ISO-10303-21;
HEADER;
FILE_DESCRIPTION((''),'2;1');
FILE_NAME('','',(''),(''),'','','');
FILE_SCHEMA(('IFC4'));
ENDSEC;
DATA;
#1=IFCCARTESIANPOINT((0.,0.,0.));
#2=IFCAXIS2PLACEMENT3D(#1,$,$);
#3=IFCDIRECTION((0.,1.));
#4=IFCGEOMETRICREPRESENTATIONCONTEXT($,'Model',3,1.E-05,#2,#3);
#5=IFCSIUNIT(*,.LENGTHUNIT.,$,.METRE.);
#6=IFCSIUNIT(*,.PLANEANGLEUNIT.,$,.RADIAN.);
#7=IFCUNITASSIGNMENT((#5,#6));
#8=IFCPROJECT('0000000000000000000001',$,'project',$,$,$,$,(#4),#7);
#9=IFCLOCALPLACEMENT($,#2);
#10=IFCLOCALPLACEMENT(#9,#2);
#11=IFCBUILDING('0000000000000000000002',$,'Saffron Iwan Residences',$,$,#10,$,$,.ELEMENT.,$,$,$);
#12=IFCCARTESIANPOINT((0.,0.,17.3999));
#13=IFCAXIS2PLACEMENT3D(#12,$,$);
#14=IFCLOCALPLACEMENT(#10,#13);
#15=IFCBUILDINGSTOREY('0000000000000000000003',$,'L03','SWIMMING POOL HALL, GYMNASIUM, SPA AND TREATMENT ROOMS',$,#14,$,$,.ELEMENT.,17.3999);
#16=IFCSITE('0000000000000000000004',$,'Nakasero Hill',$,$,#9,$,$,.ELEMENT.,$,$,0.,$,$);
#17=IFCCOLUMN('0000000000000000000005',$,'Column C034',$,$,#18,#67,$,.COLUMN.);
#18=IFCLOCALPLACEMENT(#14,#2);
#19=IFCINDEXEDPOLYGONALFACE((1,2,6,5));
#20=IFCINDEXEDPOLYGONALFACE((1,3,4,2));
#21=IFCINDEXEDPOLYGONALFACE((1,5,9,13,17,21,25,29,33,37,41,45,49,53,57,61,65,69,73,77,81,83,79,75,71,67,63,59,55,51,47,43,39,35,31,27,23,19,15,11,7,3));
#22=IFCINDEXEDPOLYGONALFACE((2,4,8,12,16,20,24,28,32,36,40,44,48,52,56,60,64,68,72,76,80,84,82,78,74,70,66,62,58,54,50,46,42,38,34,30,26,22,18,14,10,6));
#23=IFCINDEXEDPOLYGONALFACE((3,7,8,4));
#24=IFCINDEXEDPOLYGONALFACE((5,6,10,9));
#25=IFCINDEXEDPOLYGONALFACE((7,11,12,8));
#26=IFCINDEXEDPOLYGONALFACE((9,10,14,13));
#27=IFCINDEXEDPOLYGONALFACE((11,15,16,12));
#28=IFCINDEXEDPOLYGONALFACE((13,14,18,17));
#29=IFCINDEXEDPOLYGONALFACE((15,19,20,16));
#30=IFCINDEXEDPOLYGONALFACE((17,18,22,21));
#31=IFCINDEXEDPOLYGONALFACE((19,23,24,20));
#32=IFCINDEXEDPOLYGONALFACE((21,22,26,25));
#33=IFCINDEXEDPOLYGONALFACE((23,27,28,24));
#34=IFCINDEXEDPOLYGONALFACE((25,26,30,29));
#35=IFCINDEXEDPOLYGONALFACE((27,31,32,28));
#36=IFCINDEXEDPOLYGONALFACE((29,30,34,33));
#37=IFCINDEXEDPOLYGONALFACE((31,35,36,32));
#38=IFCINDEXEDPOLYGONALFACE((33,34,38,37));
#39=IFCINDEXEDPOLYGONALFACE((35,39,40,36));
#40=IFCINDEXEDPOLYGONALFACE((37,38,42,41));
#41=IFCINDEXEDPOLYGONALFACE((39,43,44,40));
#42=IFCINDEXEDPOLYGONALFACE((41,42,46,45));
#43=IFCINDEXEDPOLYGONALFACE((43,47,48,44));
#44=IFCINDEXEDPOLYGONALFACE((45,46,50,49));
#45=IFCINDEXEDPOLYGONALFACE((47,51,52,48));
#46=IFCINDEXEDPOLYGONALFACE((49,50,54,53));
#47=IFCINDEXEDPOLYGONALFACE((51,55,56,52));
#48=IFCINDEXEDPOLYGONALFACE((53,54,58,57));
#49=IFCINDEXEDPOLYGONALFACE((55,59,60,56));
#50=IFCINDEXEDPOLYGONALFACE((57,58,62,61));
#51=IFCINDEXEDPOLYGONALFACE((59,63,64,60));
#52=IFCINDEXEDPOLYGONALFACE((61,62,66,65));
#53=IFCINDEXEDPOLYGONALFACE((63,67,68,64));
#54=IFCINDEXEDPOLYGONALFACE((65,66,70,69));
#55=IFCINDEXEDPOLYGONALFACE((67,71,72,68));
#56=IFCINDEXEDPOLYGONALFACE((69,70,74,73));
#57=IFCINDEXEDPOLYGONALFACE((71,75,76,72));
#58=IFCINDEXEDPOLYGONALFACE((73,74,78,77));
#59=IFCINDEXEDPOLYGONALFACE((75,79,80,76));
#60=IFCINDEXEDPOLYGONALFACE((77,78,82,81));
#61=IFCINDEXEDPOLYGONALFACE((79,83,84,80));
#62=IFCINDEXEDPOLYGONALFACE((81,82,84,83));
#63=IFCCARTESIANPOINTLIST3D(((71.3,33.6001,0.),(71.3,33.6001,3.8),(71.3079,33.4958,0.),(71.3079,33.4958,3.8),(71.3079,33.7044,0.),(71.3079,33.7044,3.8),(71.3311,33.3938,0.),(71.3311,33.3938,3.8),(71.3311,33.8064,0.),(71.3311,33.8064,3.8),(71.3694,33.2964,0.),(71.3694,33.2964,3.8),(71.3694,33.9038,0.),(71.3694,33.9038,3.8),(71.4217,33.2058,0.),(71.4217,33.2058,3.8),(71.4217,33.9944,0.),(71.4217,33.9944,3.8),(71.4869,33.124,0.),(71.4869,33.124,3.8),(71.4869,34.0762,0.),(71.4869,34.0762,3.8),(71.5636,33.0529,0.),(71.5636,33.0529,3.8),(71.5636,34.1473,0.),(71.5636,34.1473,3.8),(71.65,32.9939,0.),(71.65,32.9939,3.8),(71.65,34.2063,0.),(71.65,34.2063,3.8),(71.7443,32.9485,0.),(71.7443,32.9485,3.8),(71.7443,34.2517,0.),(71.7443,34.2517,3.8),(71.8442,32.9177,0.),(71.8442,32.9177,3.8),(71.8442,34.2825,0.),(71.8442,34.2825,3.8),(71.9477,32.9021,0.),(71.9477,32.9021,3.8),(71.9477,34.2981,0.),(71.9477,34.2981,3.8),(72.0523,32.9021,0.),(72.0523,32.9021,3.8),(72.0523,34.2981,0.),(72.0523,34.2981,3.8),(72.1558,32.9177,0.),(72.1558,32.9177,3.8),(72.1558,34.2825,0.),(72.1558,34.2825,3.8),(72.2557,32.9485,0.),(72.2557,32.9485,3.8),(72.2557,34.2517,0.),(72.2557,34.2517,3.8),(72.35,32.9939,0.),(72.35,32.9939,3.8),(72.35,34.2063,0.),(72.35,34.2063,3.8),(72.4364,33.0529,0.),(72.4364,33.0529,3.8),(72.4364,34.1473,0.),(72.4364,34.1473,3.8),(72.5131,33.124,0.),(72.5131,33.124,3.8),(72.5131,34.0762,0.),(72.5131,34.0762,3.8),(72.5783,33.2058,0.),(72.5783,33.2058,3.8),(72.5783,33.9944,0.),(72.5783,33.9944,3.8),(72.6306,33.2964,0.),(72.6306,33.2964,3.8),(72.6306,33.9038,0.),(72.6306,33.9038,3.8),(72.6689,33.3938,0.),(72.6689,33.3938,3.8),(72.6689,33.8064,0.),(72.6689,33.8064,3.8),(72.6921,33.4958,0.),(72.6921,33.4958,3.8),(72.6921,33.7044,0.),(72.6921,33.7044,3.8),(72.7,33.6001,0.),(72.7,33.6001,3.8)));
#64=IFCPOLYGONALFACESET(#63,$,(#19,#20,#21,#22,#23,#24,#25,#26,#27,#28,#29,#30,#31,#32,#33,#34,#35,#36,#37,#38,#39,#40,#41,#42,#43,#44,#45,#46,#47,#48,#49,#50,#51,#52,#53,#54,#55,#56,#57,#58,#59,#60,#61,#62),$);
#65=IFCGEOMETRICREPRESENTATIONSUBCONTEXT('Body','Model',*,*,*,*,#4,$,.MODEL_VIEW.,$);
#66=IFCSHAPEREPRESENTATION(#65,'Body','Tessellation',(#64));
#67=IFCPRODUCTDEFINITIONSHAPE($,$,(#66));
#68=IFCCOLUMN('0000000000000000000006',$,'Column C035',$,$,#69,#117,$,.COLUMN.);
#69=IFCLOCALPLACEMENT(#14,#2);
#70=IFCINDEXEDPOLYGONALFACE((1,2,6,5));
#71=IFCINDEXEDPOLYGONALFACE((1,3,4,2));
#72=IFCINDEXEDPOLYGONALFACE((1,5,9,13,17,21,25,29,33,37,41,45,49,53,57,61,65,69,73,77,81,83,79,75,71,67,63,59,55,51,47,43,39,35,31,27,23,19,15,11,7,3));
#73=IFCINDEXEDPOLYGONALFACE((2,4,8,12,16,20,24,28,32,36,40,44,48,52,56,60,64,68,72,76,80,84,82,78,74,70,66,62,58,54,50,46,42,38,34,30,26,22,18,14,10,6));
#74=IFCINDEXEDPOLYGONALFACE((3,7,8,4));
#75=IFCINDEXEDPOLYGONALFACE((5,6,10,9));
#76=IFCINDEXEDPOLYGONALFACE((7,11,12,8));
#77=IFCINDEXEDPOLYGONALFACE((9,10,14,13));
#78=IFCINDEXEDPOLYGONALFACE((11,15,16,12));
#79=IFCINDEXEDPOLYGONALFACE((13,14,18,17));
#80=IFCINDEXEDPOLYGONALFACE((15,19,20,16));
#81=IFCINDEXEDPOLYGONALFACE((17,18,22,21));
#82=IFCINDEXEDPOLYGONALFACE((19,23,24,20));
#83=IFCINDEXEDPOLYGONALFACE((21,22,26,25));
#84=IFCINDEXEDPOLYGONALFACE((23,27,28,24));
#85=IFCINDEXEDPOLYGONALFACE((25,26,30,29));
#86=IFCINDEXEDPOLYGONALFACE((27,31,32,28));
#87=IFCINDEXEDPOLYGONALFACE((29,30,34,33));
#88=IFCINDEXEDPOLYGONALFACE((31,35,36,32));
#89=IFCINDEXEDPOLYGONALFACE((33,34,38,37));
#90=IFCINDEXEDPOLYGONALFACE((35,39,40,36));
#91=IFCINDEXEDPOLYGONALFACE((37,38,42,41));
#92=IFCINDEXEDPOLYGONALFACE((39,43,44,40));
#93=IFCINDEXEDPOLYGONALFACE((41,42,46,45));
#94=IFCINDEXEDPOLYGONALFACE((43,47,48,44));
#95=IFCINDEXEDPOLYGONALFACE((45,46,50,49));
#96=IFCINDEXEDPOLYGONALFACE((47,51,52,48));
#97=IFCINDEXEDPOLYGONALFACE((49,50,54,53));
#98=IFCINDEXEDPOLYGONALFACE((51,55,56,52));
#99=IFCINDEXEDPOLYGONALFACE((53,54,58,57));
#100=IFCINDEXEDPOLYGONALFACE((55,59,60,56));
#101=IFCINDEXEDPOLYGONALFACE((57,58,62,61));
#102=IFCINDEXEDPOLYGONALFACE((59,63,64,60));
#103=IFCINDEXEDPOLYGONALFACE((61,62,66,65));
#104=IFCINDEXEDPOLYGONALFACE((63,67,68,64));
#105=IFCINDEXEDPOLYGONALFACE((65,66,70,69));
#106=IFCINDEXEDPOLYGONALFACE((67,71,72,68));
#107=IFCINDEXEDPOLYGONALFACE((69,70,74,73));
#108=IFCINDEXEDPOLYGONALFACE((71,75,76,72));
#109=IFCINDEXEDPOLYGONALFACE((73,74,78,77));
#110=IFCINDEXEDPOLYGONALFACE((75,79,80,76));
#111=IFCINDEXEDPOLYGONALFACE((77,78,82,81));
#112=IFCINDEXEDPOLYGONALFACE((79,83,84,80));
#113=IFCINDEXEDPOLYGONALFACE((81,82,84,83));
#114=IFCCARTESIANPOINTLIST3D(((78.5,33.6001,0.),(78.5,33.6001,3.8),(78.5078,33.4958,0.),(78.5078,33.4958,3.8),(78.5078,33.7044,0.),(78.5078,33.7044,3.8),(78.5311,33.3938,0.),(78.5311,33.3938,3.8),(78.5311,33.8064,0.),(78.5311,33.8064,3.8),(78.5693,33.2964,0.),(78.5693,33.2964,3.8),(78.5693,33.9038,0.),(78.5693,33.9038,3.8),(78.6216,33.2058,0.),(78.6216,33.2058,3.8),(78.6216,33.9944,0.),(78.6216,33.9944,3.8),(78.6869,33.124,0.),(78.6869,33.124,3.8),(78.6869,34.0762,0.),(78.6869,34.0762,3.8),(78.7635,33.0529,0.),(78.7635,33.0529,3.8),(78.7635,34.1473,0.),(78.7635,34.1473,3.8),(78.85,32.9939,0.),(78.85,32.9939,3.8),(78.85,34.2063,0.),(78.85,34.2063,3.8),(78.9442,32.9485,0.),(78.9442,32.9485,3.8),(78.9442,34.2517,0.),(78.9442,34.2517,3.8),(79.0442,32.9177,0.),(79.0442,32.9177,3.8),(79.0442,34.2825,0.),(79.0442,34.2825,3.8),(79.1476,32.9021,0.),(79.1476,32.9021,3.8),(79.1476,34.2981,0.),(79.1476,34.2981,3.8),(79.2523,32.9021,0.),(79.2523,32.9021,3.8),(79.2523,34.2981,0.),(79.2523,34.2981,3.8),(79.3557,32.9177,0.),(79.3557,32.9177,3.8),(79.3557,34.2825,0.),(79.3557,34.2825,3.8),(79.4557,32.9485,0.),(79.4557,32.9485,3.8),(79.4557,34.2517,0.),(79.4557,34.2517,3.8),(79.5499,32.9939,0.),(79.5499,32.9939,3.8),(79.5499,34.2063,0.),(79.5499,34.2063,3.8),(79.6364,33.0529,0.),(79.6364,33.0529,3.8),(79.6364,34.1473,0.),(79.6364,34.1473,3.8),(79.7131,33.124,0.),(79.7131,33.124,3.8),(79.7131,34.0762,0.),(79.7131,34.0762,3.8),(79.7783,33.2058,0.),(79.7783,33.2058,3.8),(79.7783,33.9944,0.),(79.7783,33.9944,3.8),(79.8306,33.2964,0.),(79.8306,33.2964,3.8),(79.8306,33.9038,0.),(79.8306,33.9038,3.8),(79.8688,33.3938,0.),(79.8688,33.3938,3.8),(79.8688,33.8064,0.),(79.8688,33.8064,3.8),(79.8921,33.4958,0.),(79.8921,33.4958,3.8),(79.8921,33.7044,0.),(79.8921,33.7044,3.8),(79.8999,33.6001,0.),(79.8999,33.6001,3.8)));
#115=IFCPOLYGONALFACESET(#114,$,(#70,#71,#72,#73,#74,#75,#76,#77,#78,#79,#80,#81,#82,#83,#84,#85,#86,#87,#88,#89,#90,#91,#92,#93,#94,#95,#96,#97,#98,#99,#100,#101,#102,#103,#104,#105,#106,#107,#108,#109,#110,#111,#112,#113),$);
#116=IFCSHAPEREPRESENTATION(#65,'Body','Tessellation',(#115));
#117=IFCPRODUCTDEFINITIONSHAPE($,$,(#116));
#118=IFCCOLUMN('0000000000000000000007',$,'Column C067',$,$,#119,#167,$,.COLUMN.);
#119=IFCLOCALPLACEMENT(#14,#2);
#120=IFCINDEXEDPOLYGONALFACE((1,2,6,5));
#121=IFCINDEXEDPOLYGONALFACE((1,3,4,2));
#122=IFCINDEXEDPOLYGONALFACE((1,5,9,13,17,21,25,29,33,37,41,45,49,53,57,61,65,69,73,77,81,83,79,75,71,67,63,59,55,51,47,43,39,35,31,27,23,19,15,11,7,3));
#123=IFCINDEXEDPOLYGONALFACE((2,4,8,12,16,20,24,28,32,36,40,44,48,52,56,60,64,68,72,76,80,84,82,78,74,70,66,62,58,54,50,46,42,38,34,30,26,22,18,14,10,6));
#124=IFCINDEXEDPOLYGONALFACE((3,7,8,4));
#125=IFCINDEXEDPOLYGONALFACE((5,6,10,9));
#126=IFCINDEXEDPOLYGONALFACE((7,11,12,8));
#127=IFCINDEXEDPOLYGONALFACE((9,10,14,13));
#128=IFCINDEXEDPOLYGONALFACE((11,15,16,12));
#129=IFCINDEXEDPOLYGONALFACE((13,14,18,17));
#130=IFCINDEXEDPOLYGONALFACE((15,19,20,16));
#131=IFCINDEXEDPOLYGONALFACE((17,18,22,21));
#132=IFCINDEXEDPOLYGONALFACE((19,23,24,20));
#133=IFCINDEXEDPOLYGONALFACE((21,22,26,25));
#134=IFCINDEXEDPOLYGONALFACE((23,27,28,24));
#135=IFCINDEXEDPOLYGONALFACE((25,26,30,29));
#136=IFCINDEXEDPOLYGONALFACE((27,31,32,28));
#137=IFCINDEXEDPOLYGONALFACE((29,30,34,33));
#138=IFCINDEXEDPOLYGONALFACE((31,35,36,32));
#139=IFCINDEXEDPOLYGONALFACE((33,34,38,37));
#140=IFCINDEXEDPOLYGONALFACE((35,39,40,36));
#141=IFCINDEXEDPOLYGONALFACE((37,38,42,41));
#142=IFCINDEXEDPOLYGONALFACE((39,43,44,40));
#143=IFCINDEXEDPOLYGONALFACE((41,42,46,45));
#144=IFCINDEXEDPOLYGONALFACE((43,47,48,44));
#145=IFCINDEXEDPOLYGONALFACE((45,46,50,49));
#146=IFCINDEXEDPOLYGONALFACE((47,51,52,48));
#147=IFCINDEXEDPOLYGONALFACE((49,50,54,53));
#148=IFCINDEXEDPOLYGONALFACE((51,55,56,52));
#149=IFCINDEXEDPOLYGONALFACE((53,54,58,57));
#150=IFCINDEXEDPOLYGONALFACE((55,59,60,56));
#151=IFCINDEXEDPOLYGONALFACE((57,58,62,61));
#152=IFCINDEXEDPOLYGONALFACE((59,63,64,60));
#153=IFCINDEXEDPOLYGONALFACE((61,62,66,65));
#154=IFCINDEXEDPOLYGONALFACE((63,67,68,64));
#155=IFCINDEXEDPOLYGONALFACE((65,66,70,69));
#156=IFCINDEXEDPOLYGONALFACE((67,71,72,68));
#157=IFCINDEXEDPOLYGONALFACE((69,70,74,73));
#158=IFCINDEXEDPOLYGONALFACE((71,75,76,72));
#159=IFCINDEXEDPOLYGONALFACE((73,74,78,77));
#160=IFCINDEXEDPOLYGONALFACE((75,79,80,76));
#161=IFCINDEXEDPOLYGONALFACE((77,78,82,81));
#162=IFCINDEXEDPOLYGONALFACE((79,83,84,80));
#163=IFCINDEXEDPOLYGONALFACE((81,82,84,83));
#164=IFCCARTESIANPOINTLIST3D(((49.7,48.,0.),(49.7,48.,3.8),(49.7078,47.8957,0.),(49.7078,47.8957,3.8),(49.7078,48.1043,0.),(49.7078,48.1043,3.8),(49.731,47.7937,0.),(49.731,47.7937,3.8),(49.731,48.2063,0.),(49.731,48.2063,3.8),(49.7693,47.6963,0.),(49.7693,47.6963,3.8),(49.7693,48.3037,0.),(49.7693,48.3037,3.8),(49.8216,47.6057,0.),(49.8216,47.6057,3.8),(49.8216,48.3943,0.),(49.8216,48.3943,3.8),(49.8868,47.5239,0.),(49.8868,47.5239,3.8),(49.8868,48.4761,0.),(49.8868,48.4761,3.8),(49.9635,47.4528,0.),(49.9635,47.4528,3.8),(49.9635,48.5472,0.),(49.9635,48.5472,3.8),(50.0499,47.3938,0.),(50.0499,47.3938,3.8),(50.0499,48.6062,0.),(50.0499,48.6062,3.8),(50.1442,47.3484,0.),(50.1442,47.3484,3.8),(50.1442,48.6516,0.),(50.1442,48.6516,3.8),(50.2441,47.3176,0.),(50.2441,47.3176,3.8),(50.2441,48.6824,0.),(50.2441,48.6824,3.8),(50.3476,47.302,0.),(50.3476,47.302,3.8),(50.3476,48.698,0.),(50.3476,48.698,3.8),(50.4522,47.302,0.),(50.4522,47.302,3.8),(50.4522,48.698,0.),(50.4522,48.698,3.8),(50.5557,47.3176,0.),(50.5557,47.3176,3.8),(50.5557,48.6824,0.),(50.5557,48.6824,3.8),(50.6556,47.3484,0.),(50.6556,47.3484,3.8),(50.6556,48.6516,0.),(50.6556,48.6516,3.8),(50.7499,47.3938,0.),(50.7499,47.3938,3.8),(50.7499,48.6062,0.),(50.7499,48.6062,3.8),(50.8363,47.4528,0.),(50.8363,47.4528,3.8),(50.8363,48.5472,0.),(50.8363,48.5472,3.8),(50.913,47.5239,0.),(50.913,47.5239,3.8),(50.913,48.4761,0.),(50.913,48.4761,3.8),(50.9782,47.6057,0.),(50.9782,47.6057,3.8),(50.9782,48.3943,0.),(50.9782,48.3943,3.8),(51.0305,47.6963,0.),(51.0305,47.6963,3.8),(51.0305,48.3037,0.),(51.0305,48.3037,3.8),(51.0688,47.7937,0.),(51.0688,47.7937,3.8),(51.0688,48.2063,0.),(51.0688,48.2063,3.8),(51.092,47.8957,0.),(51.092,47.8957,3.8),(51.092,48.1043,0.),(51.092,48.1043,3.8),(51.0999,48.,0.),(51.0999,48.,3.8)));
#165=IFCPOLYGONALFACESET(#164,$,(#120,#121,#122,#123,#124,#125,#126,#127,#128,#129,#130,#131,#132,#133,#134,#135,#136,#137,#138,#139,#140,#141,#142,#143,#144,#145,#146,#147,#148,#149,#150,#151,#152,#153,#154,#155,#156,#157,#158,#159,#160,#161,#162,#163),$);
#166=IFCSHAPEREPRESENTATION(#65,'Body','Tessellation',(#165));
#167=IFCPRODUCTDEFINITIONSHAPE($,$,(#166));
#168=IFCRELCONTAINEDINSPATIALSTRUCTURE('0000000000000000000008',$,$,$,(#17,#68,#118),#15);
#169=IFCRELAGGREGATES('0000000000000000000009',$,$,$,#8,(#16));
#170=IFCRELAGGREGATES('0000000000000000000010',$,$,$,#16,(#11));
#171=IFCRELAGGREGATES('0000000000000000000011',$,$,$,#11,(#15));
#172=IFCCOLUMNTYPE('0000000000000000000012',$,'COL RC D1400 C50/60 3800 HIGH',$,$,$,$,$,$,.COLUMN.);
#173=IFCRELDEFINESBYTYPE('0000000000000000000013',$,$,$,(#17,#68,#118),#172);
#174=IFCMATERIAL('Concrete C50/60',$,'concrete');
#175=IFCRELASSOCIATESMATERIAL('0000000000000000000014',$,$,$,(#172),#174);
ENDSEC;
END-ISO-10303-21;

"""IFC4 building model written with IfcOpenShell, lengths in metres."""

from ifc_helpers import new_model, si_unit, direction, frame, origin, origin_2d, place, context, subcontext, project, spatial, circle, extrude, source, transform, mapped, material, material_profile, profile_set, type_object, element, save


model = new_model("IFC4")

# Units and contexts
model_context = context("Model", 3, precision=1e-05, world=origin(), true_north=direction((0.0, 1.0)))
body_context = subcontext(model_context, "Body", "Model", "MODEL_VIEW")
ifc_project = project(units=[si_unit("LENGTHUNIT", "METRE"), si_unit("PLANEANGLEUNIT", "RADIAN")], contexts=[model_context])

# Site, building, storey
site_placement = place(None, origin())
site = spatial("IfcSite", under=ifc_project, at=site_placement, Name="Nakasero Hill", CompositionType="ELEMENT", RefElevation=0.0)
building_placement = place(site_placement, origin())
building = spatial("IfcBuilding", under=site, at=building_placement, Name="Saffron Iwan Residences", CompositionType="ELEMENT")
storey_placement = place(building_placement, frame((0.0, 0.0, 17.3999)))
storey = spatial("IfcBuildingStorey", under=building, at=storey_placement, Name="L03", Description="SWIMMING POOL HALL, GYMNASIUM, SPA AND TREATMENT ROOMS", CompositionType="ELEMENT", Elevation=17.3999)

# Columns
ifc_material_1 = material(Name="Concrete C50/60", Category="concrete")
ifc_material_profile_1 = material_profile(ifc_material_1, circle(Radius=0.7, at=origin_2d()), Name="RC D1400")
ifc_profile_set_1 = profile_set([ifc_material_profile_1], Name="Concrete C50/60")
column_type = type_object("IfcColumnType", Name="COL RC D1400 C50/60 3800 HIGH", PredefinedType="COLUMN", material=ifc_profile_set_1)
shared_shape_1 = source(origin(), body_context, "Body", "SweptSolid", [
    extrude(circle(Radius=0.7, at=origin_2d()), origin(), (0.0, 0.0, 1.0), 3.8),
])
for number, where, z_axis, x_axis, name in (
    (1, (72.0, 33.6001, 0.0), (0.0, 0.0, 1.0), (1.0, 0.0, 0.0), "Column C034"),
    (2, (79.2, 33.6001, 0.0), (0.0, 0.0, 1.0), (1.0, 0.0, 0.0), "Column C035"),
    (3, (50.3999, 48.0, 0.0), (0.0, 0.0, 1.0), (1.0, 0.0, 0.0), "Column C067"),
):
    element("IfcColumn", number, at=place(storey_placement, frame(where, z_axis=z_axis, x_axis=x_axis)), inside=storey, type_object=column_type, Name=name, PredefinedType="COLUMN", context=body_context, shape_type="MappedRepresentation", body=[
        mapped(shared_shape_1, transform((0.0, 0.0, 0.0))),
    ])

save(model, "model.ifc")
